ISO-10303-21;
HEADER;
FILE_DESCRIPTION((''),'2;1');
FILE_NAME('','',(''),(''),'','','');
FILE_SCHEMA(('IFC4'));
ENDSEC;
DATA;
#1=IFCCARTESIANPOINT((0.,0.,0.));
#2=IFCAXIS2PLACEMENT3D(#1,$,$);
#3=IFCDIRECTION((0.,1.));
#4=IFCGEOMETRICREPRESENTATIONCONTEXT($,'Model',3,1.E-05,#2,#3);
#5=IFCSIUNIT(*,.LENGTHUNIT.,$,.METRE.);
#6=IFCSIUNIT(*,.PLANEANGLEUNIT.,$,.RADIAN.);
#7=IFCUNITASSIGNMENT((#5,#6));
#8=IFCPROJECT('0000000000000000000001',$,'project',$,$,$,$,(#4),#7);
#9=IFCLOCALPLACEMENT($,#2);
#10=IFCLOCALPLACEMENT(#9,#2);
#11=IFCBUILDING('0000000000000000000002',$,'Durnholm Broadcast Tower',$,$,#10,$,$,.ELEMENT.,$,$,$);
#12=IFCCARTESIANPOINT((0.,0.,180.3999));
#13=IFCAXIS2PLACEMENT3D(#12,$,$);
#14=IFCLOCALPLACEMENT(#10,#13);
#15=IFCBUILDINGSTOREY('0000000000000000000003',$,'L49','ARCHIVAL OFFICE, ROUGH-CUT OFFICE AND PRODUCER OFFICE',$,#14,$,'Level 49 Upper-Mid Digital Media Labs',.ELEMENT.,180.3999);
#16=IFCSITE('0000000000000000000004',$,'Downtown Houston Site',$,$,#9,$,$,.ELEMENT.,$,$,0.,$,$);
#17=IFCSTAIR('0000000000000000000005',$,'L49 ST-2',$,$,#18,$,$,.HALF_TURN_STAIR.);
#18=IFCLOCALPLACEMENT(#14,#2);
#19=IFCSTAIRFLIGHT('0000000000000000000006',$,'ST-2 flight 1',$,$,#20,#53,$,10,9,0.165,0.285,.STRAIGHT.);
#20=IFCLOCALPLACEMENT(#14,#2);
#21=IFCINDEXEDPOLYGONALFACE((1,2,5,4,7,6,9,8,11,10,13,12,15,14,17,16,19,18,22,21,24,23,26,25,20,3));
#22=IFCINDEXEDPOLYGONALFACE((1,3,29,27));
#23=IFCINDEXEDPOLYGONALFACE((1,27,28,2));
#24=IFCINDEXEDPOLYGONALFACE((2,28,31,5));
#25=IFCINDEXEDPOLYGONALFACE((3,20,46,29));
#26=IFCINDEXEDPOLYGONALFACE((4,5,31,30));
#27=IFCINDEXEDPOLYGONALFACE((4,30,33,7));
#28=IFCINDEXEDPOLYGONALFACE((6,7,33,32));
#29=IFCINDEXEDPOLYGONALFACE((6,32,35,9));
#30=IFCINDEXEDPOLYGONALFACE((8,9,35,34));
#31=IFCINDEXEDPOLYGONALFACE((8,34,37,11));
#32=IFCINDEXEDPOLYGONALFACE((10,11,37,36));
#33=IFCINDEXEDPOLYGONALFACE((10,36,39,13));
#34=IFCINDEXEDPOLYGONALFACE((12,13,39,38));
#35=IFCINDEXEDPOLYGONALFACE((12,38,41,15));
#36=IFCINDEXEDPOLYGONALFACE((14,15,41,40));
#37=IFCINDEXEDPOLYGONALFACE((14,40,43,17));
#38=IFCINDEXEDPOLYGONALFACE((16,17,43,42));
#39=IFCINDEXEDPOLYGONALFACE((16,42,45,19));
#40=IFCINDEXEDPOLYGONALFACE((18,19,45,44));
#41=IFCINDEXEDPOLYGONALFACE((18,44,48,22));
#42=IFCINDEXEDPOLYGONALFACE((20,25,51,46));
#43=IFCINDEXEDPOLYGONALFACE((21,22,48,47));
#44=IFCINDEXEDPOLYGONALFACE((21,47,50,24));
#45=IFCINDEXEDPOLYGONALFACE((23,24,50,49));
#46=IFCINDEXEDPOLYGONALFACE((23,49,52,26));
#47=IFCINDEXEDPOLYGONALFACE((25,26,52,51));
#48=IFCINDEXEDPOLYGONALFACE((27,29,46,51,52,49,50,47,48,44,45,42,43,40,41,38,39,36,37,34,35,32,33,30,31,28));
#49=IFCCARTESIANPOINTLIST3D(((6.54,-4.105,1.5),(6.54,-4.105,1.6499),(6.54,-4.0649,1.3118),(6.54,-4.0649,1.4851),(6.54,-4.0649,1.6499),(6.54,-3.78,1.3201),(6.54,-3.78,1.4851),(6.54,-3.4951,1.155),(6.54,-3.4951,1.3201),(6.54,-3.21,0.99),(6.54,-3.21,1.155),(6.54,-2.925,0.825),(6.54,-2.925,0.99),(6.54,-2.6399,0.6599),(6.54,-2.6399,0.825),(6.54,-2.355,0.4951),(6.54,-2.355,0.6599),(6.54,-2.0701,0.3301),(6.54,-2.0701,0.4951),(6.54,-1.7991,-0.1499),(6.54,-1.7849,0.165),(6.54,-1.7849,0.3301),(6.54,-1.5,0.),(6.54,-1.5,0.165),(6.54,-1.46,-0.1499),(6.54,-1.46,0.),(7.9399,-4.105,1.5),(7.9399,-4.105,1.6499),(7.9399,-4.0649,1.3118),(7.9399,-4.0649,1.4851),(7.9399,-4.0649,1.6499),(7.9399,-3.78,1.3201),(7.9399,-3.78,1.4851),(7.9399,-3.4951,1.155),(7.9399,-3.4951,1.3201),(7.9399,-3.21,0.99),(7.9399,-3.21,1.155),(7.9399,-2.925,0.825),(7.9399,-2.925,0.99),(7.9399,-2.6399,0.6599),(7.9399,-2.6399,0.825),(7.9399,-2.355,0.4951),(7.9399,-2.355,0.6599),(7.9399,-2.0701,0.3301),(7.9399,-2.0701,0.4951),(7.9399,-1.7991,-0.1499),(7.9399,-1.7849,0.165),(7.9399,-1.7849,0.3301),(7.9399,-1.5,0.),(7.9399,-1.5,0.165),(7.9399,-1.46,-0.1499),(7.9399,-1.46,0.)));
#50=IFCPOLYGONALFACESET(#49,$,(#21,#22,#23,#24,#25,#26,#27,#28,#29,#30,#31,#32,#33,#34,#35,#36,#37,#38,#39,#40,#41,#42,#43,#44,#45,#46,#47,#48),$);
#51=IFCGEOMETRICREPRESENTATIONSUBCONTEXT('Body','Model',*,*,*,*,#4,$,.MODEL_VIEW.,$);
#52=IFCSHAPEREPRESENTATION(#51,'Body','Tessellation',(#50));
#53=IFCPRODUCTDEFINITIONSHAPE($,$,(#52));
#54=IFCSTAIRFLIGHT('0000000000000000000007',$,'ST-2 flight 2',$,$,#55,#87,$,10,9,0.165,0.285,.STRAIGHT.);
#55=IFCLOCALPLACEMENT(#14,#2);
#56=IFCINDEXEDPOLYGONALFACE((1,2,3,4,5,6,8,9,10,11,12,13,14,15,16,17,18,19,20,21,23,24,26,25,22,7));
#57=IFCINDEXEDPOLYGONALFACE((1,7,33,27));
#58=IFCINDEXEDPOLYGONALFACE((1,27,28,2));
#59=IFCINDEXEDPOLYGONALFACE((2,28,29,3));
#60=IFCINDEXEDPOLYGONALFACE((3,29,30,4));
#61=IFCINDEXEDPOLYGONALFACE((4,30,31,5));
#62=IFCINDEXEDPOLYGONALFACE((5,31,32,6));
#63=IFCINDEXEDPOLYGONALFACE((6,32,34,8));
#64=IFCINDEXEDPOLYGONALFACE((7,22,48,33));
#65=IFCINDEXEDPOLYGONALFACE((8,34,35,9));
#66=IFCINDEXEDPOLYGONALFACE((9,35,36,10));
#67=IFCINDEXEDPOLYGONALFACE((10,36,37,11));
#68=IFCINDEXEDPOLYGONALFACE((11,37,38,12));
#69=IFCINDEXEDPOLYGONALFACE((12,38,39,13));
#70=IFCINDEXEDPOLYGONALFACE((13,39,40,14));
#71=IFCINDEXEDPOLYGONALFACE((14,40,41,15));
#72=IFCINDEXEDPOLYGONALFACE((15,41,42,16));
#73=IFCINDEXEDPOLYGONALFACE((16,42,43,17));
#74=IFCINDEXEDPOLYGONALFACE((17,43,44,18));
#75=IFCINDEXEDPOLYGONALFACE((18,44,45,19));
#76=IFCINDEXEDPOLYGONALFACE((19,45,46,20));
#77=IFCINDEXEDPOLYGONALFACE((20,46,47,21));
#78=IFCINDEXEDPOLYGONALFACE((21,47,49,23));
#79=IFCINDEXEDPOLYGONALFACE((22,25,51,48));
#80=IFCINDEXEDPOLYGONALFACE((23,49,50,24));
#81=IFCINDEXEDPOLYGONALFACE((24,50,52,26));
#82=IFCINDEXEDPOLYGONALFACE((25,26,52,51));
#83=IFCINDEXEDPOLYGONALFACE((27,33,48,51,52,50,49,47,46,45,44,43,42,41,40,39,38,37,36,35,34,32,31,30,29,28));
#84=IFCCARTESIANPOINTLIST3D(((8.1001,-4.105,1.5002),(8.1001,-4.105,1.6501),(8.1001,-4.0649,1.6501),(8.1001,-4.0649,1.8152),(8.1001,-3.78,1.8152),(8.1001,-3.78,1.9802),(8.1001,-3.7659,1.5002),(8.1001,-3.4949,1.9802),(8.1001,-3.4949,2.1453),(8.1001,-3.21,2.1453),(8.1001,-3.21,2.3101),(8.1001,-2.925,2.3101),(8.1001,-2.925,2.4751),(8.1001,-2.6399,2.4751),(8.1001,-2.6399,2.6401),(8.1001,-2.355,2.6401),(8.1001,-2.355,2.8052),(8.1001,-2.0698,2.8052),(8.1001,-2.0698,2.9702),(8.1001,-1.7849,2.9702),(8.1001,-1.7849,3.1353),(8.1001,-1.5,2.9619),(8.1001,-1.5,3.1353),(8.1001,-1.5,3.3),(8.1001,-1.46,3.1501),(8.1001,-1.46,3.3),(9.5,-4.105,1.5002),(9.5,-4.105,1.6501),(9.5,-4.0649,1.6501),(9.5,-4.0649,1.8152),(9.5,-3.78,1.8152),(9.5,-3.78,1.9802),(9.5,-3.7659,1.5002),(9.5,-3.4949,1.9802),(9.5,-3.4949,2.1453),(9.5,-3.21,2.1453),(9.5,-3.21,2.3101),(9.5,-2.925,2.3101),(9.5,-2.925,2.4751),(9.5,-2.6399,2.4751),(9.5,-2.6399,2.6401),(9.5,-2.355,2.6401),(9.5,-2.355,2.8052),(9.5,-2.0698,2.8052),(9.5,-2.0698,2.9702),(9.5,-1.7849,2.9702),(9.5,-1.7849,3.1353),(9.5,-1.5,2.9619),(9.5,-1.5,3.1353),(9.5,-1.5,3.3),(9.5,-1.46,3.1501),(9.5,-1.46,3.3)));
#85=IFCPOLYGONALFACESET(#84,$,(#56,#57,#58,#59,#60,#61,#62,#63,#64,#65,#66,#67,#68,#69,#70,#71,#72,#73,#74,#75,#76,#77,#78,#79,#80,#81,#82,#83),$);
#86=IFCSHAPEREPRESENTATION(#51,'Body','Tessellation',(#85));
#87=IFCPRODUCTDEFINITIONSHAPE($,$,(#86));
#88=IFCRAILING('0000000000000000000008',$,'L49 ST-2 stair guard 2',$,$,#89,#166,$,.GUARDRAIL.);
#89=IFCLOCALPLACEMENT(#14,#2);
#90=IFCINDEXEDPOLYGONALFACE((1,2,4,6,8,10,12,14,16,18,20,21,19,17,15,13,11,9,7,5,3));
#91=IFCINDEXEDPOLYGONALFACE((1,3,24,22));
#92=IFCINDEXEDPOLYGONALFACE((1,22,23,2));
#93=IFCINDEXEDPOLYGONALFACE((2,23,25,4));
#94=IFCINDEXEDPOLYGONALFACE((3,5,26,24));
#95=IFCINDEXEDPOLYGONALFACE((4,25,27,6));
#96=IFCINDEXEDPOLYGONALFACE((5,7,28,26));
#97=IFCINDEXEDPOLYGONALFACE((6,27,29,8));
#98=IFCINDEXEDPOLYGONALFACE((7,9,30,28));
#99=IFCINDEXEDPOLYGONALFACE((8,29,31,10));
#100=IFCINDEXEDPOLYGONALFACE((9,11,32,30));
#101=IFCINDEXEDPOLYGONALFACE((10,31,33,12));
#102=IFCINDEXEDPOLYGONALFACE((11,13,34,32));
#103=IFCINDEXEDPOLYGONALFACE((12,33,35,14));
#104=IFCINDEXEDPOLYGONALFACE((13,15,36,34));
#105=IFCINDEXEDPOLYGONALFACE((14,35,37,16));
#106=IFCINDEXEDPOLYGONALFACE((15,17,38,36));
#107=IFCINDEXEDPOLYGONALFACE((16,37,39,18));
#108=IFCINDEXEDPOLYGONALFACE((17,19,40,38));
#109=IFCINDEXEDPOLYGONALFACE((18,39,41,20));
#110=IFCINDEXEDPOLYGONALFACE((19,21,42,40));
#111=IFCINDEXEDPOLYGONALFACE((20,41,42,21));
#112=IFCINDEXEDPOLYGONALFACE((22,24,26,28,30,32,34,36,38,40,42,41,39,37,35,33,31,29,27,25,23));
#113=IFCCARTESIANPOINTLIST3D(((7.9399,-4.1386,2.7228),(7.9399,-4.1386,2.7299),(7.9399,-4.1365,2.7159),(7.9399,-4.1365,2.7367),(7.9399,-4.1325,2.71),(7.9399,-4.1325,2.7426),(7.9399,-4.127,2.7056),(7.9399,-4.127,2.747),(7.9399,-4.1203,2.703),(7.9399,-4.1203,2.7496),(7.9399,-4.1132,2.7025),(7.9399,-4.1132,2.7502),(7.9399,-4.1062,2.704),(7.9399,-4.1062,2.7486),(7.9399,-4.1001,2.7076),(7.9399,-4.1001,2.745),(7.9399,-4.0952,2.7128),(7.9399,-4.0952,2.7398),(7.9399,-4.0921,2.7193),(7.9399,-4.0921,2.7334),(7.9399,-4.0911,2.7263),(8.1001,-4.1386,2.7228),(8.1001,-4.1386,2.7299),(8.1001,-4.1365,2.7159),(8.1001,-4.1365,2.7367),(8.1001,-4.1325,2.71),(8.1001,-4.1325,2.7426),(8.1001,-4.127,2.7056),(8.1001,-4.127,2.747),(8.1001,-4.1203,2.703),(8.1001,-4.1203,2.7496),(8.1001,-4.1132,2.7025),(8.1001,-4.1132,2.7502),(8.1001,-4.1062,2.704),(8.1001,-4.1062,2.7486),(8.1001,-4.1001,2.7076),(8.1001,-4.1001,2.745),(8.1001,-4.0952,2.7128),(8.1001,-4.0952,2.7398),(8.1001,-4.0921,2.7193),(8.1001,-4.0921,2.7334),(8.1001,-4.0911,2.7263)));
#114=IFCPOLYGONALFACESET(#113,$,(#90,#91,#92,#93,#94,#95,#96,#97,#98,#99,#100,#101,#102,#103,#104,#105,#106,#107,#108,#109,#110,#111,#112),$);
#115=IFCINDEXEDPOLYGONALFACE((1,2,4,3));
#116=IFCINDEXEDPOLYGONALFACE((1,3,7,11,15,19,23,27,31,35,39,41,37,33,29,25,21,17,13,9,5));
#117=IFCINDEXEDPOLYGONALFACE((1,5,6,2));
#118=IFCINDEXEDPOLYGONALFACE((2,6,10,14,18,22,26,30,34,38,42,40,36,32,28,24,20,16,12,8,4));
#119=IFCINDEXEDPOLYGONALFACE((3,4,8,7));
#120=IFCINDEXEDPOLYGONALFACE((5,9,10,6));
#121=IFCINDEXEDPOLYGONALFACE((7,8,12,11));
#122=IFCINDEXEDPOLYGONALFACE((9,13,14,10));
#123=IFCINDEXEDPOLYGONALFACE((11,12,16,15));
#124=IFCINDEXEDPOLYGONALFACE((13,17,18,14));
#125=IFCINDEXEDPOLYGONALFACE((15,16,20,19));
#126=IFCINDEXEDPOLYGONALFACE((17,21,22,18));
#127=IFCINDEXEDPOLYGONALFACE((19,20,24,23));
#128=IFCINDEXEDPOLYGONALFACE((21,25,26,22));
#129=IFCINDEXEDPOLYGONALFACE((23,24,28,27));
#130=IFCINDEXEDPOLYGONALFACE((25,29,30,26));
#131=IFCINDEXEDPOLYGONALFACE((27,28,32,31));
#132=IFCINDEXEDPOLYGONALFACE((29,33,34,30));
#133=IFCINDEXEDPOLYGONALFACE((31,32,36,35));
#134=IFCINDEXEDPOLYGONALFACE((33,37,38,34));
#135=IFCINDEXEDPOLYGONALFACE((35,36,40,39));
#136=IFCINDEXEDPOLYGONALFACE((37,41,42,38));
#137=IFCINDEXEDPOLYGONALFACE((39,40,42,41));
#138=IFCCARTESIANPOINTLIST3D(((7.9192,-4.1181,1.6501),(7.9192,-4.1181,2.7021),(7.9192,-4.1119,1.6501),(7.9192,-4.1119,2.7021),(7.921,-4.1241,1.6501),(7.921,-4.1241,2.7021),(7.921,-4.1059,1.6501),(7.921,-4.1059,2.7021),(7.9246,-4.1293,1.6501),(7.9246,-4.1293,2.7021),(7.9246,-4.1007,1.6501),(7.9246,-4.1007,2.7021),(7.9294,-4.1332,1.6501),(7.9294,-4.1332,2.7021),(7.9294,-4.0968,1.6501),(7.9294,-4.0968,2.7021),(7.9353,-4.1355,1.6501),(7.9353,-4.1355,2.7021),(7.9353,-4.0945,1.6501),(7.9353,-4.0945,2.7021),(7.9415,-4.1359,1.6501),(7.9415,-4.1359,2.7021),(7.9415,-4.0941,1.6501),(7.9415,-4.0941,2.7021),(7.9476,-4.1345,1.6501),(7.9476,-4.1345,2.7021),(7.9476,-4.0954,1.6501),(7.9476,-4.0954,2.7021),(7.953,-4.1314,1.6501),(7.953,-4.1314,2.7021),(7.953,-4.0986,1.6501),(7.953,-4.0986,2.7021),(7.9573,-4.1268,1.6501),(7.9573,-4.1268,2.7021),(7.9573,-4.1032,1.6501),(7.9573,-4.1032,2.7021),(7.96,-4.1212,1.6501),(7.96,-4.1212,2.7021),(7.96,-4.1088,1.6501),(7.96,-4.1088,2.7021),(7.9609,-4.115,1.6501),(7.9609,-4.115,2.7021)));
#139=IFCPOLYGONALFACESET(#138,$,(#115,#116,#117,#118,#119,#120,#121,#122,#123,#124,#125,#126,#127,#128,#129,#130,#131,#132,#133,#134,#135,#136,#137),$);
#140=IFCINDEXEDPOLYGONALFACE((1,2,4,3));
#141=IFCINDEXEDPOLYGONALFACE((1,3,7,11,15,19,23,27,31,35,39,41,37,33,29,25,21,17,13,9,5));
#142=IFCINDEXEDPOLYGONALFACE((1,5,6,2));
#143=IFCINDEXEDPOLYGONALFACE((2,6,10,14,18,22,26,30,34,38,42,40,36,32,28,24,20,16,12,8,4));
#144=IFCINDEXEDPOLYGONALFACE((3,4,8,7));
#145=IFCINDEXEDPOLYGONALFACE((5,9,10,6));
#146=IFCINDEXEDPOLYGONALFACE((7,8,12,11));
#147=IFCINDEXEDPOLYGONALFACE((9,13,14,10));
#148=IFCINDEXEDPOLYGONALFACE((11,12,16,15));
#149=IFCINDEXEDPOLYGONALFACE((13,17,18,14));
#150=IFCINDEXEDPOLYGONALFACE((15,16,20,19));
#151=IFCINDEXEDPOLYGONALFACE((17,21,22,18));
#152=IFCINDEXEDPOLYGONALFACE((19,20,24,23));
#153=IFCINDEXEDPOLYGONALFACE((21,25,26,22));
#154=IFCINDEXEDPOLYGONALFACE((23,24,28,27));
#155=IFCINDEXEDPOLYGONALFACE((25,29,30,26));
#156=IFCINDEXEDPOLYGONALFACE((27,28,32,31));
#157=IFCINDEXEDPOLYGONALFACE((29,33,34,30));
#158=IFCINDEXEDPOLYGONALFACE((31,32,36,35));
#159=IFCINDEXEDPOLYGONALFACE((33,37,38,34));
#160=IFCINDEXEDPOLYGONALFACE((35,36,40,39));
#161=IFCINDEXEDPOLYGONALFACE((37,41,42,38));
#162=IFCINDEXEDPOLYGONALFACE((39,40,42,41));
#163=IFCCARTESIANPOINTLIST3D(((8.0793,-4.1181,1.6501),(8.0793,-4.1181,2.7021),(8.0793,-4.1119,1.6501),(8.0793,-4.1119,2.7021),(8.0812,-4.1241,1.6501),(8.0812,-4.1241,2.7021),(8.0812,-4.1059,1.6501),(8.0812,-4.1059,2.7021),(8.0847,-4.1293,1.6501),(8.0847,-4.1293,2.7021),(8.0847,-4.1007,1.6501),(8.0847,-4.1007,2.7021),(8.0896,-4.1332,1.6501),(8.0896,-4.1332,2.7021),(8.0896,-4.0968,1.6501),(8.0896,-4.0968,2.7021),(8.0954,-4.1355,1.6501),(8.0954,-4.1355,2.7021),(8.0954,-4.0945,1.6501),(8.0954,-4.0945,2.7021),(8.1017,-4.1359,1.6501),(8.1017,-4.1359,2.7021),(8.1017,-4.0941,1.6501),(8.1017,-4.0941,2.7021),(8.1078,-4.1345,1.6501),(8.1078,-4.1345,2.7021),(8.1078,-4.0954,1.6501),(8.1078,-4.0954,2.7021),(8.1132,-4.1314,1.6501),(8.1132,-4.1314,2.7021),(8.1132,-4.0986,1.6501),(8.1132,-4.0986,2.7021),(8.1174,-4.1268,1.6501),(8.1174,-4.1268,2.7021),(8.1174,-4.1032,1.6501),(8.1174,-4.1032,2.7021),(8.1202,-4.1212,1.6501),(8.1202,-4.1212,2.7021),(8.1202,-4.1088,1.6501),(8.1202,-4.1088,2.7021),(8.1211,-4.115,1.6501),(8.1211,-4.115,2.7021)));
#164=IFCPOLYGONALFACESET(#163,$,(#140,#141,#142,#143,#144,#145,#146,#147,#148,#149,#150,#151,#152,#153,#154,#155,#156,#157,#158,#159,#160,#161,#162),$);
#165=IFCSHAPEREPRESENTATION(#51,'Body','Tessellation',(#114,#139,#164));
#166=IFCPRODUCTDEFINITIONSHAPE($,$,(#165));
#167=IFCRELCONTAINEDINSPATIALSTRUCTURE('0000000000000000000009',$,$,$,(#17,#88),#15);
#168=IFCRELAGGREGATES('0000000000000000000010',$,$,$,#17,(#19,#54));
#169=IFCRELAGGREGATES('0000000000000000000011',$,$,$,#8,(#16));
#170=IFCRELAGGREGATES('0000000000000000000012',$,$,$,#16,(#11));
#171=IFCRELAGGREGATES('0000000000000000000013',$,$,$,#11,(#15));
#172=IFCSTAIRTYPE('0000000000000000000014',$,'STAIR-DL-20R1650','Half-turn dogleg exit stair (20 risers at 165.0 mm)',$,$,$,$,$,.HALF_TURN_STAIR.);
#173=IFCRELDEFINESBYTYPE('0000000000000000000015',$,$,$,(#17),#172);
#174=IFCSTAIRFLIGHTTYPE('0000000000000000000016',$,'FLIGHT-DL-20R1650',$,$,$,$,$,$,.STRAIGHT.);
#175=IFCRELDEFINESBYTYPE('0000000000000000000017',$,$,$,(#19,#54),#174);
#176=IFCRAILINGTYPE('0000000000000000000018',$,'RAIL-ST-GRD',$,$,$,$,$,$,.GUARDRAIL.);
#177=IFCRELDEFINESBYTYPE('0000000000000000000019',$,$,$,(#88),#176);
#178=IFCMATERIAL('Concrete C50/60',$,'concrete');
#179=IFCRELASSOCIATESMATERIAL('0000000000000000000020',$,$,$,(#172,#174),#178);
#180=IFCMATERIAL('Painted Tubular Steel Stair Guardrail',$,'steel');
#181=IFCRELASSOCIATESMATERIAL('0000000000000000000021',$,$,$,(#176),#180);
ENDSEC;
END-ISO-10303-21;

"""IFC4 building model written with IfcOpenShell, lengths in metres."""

from ifc_helpers import new_model, si_unit, direction, frame, origin, origin_2d, place, context, subcontext, project, spatial, polyline, circle, outline, extrude, material, type_object, element, aggregate, save


model = new_model("IFC4")

# Units and contexts
model_context = context("Model", 3, precision=1e-05, world=origin(), true_north=direction((0.0, 1.0)))
body_context = subcontext(model_context, "Body", "Model", "MODEL_VIEW")
ifc_project = project(units=[si_unit("LENGTHUNIT", "METRE"), si_unit("PLANEANGLEUNIT", "RADIAN")], contexts=[model_context])

# Site, building, storey
site_placement = place(None, origin())
site = spatial("IfcSite", under=ifc_project, at=site_placement, Name="Downtown Houston Site", CompositionType="ELEMENT", RefElevation=0.0)
building_placement = place(site_placement, origin())
building = spatial("IfcBuilding", under=site, at=building_placement, Name="Durnholm Broadcast Tower", CompositionType="ELEMENT")
storey_placement = place(building_placement, frame((0.0, 0.0, 180.3999)))
storey = spatial("IfcBuildingStorey", under=building, at=storey_placement, Name="L49", Description="ARCHIVAL OFFICE, ROUGH-CUT OFFICE AND PRODUCER OFFICE", LongName="Level 49 Upper-Mid Digital Media Labs", CompositionType="ELEMENT", Elevation=180.3999)

# Shared definitions
ifc_material_1 = material(Name="Concrete C50/60", Category="concrete")

# Stair, stair flights
stair_type = type_object("IfcStairType", Name="STAIR-DL-20R1650", Description="Half-turn dogleg exit stair (20 risers at 165.0 mm)", PredefinedType="HALF_TURN_STAIR", material=ifc_material_1)
stair_placement = place(storey_placement, origin())
stair = element("IfcStair", 1, at=stair_placement, inside=storey, type_object=stair_type, Name="L49 ST-2", PredefinedType="HALF_TURN_STAIR")
stair_flight_type = type_object("IfcStairFlightType", Name="FLIGHT-DL-20R1650", PredefinedType="STRAIGHT", material=ifc_material_1)
stair_flight_1_placement = place(storey_placement, frame((7.24, -1.5, 0.0), z_axis=(0.0, 0.0, 1.0), x_axis=(0.0, -1.0, 0.0)))
stair_flight_1 = element("IfcStairFlight", 2, at=stair_flight_1_placement, type_object=stair_flight_type, Name="ST-2 flight 1", NumberOfRisers=10, NumberOfTreads=9, PredefinedType="STRAIGHT", RiserHeight=0.165, TreadLength=0.285, context=body_context, shape_type="SweptSolid", body=[
    extrude(outline(polyline([(-0.04, -0.1499), (-0.04, 0.0), (0.0, 0.0), (0.0, 0.165), (0.2849, 0.165), (0.2849, 0.3301), (0.5701, 0.3301), (0.5701, 0.4951), (0.855, 0.4951), (0.855, 0.6599), (1.1399, 0.6599), (1.1399, 0.825), (1.425, 0.825), (1.425, 0.99), (1.71, 0.99), (1.71, 1.155), (1.9951, 1.155), (1.9951, 1.3201), (2.28, 1.3201), (2.28, 1.4851), (2.5649, 1.4851), (2.5649, 1.6499), (2.605, 1.6499), (2.605, 1.5), (2.5649, 1.3118), (0.2991, -0.1499), (-0.04, -0.1499)])), frame((0.0, 0.7, 0.0), z_axis=(0.0, -1.0, 0.0), x_axis=(1.0, 0.0, 0.0)), (0.0, 0.0, 1.0), 1.3999),
])
stair_flight_2_placement = place(storey_placement, frame((8.8, -4.0649, 1.6501), z_axis=(0.0, 0.0, 1.0), x_axis=(0.0, 1.0, 0.0)))
stair_flight_2 = element("IfcStairFlight", 3, at=stair_flight_2_placement, type_object=stair_flight_type, Name="ST-2 flight 2", NumberOfRisers=10, NumberOfTreads=9, PredefinedType="STRAIGHT", RiserHeight=0.165, TreadLength=0.285, context=body_context, shape_type="SweptSolid", body=[
    extrude(outline(polyline([(-0.04, -0.1499), (-0.04, 0.0), (0.0, 0.0), (0.0, 0.165), (0.2849, 0.165), (0.2849, 0.3301), (0.5701, 0.3301), (0.5701, 0.4951), (0.855, 0.4951), (0.855, 0.6599), (1.1399, 0.6599), (1.1399, 0.825), (1.425, 0.825), (1.425, 0.99), (1.71, 0.99), (1.71, 1.155), (1.9951, 1.155), (1.9951, 1.3201), (2.28, 1.3201), (2.28, 1.4851), (2.5649, 1.4851), (2.5649, 1.6499), (2.605, 1.6499), (2.605, 1.5), (2.5649, 1.3118), (0.2991, -0.1499), (-0.04, -0.1499)])), frame((0.0, 0.7, 0.0), z_axis=(0.0, -1.0, 0.0), x_axis=(1.0, 0.0, 0.0)), (0.0, 0.0, 1.0), 1.3999),
])
aggregate(stair, [stair_flight_1, stair_flight_2])

# Railing
ifc_material_2 = material(Name="Painted Tubular Steel Stair Guardrail", Category="steel")
railing_type_1 = type_object("IfcRailingType", Name="RAIL-ST-GRD", PredefinedType="GUARDRAIL", material=ifc_material_2)
railing_1_placement = place(storey_placement, frame((7.9399, -4.115, 1.6501)))
element("IfcRailing", 4, at=railing_1_placement, inside=storey, type_object=railing_type_1, Name="L49 ST-2 stair guard 2", PredefinedType="GUARDRAIL", context=body_context, shape_type="SweptSolid", body=[
    extrude(circle(Radius=0.0239, at=origin_2d()), frame((0.0, 0.0, 1.0762), z_axis=(1.0, 0.0, 0.0), x_axis=(0.0, 1.0, 0.0)), (0.0, 0.0, 1.0), 0.1602),
    extrude(circle(Radius=0.021, at=origin_2d()), origin(), (0.0, 0.0, 1.0), 1.052),
    extrude(circle(Radius=0.021, at=origin_2d()), frame((0.1602, 0.0, 0.0)), (0.0, 0.0, 1.0), 1.052),
])

save(model, "model.ifc")
